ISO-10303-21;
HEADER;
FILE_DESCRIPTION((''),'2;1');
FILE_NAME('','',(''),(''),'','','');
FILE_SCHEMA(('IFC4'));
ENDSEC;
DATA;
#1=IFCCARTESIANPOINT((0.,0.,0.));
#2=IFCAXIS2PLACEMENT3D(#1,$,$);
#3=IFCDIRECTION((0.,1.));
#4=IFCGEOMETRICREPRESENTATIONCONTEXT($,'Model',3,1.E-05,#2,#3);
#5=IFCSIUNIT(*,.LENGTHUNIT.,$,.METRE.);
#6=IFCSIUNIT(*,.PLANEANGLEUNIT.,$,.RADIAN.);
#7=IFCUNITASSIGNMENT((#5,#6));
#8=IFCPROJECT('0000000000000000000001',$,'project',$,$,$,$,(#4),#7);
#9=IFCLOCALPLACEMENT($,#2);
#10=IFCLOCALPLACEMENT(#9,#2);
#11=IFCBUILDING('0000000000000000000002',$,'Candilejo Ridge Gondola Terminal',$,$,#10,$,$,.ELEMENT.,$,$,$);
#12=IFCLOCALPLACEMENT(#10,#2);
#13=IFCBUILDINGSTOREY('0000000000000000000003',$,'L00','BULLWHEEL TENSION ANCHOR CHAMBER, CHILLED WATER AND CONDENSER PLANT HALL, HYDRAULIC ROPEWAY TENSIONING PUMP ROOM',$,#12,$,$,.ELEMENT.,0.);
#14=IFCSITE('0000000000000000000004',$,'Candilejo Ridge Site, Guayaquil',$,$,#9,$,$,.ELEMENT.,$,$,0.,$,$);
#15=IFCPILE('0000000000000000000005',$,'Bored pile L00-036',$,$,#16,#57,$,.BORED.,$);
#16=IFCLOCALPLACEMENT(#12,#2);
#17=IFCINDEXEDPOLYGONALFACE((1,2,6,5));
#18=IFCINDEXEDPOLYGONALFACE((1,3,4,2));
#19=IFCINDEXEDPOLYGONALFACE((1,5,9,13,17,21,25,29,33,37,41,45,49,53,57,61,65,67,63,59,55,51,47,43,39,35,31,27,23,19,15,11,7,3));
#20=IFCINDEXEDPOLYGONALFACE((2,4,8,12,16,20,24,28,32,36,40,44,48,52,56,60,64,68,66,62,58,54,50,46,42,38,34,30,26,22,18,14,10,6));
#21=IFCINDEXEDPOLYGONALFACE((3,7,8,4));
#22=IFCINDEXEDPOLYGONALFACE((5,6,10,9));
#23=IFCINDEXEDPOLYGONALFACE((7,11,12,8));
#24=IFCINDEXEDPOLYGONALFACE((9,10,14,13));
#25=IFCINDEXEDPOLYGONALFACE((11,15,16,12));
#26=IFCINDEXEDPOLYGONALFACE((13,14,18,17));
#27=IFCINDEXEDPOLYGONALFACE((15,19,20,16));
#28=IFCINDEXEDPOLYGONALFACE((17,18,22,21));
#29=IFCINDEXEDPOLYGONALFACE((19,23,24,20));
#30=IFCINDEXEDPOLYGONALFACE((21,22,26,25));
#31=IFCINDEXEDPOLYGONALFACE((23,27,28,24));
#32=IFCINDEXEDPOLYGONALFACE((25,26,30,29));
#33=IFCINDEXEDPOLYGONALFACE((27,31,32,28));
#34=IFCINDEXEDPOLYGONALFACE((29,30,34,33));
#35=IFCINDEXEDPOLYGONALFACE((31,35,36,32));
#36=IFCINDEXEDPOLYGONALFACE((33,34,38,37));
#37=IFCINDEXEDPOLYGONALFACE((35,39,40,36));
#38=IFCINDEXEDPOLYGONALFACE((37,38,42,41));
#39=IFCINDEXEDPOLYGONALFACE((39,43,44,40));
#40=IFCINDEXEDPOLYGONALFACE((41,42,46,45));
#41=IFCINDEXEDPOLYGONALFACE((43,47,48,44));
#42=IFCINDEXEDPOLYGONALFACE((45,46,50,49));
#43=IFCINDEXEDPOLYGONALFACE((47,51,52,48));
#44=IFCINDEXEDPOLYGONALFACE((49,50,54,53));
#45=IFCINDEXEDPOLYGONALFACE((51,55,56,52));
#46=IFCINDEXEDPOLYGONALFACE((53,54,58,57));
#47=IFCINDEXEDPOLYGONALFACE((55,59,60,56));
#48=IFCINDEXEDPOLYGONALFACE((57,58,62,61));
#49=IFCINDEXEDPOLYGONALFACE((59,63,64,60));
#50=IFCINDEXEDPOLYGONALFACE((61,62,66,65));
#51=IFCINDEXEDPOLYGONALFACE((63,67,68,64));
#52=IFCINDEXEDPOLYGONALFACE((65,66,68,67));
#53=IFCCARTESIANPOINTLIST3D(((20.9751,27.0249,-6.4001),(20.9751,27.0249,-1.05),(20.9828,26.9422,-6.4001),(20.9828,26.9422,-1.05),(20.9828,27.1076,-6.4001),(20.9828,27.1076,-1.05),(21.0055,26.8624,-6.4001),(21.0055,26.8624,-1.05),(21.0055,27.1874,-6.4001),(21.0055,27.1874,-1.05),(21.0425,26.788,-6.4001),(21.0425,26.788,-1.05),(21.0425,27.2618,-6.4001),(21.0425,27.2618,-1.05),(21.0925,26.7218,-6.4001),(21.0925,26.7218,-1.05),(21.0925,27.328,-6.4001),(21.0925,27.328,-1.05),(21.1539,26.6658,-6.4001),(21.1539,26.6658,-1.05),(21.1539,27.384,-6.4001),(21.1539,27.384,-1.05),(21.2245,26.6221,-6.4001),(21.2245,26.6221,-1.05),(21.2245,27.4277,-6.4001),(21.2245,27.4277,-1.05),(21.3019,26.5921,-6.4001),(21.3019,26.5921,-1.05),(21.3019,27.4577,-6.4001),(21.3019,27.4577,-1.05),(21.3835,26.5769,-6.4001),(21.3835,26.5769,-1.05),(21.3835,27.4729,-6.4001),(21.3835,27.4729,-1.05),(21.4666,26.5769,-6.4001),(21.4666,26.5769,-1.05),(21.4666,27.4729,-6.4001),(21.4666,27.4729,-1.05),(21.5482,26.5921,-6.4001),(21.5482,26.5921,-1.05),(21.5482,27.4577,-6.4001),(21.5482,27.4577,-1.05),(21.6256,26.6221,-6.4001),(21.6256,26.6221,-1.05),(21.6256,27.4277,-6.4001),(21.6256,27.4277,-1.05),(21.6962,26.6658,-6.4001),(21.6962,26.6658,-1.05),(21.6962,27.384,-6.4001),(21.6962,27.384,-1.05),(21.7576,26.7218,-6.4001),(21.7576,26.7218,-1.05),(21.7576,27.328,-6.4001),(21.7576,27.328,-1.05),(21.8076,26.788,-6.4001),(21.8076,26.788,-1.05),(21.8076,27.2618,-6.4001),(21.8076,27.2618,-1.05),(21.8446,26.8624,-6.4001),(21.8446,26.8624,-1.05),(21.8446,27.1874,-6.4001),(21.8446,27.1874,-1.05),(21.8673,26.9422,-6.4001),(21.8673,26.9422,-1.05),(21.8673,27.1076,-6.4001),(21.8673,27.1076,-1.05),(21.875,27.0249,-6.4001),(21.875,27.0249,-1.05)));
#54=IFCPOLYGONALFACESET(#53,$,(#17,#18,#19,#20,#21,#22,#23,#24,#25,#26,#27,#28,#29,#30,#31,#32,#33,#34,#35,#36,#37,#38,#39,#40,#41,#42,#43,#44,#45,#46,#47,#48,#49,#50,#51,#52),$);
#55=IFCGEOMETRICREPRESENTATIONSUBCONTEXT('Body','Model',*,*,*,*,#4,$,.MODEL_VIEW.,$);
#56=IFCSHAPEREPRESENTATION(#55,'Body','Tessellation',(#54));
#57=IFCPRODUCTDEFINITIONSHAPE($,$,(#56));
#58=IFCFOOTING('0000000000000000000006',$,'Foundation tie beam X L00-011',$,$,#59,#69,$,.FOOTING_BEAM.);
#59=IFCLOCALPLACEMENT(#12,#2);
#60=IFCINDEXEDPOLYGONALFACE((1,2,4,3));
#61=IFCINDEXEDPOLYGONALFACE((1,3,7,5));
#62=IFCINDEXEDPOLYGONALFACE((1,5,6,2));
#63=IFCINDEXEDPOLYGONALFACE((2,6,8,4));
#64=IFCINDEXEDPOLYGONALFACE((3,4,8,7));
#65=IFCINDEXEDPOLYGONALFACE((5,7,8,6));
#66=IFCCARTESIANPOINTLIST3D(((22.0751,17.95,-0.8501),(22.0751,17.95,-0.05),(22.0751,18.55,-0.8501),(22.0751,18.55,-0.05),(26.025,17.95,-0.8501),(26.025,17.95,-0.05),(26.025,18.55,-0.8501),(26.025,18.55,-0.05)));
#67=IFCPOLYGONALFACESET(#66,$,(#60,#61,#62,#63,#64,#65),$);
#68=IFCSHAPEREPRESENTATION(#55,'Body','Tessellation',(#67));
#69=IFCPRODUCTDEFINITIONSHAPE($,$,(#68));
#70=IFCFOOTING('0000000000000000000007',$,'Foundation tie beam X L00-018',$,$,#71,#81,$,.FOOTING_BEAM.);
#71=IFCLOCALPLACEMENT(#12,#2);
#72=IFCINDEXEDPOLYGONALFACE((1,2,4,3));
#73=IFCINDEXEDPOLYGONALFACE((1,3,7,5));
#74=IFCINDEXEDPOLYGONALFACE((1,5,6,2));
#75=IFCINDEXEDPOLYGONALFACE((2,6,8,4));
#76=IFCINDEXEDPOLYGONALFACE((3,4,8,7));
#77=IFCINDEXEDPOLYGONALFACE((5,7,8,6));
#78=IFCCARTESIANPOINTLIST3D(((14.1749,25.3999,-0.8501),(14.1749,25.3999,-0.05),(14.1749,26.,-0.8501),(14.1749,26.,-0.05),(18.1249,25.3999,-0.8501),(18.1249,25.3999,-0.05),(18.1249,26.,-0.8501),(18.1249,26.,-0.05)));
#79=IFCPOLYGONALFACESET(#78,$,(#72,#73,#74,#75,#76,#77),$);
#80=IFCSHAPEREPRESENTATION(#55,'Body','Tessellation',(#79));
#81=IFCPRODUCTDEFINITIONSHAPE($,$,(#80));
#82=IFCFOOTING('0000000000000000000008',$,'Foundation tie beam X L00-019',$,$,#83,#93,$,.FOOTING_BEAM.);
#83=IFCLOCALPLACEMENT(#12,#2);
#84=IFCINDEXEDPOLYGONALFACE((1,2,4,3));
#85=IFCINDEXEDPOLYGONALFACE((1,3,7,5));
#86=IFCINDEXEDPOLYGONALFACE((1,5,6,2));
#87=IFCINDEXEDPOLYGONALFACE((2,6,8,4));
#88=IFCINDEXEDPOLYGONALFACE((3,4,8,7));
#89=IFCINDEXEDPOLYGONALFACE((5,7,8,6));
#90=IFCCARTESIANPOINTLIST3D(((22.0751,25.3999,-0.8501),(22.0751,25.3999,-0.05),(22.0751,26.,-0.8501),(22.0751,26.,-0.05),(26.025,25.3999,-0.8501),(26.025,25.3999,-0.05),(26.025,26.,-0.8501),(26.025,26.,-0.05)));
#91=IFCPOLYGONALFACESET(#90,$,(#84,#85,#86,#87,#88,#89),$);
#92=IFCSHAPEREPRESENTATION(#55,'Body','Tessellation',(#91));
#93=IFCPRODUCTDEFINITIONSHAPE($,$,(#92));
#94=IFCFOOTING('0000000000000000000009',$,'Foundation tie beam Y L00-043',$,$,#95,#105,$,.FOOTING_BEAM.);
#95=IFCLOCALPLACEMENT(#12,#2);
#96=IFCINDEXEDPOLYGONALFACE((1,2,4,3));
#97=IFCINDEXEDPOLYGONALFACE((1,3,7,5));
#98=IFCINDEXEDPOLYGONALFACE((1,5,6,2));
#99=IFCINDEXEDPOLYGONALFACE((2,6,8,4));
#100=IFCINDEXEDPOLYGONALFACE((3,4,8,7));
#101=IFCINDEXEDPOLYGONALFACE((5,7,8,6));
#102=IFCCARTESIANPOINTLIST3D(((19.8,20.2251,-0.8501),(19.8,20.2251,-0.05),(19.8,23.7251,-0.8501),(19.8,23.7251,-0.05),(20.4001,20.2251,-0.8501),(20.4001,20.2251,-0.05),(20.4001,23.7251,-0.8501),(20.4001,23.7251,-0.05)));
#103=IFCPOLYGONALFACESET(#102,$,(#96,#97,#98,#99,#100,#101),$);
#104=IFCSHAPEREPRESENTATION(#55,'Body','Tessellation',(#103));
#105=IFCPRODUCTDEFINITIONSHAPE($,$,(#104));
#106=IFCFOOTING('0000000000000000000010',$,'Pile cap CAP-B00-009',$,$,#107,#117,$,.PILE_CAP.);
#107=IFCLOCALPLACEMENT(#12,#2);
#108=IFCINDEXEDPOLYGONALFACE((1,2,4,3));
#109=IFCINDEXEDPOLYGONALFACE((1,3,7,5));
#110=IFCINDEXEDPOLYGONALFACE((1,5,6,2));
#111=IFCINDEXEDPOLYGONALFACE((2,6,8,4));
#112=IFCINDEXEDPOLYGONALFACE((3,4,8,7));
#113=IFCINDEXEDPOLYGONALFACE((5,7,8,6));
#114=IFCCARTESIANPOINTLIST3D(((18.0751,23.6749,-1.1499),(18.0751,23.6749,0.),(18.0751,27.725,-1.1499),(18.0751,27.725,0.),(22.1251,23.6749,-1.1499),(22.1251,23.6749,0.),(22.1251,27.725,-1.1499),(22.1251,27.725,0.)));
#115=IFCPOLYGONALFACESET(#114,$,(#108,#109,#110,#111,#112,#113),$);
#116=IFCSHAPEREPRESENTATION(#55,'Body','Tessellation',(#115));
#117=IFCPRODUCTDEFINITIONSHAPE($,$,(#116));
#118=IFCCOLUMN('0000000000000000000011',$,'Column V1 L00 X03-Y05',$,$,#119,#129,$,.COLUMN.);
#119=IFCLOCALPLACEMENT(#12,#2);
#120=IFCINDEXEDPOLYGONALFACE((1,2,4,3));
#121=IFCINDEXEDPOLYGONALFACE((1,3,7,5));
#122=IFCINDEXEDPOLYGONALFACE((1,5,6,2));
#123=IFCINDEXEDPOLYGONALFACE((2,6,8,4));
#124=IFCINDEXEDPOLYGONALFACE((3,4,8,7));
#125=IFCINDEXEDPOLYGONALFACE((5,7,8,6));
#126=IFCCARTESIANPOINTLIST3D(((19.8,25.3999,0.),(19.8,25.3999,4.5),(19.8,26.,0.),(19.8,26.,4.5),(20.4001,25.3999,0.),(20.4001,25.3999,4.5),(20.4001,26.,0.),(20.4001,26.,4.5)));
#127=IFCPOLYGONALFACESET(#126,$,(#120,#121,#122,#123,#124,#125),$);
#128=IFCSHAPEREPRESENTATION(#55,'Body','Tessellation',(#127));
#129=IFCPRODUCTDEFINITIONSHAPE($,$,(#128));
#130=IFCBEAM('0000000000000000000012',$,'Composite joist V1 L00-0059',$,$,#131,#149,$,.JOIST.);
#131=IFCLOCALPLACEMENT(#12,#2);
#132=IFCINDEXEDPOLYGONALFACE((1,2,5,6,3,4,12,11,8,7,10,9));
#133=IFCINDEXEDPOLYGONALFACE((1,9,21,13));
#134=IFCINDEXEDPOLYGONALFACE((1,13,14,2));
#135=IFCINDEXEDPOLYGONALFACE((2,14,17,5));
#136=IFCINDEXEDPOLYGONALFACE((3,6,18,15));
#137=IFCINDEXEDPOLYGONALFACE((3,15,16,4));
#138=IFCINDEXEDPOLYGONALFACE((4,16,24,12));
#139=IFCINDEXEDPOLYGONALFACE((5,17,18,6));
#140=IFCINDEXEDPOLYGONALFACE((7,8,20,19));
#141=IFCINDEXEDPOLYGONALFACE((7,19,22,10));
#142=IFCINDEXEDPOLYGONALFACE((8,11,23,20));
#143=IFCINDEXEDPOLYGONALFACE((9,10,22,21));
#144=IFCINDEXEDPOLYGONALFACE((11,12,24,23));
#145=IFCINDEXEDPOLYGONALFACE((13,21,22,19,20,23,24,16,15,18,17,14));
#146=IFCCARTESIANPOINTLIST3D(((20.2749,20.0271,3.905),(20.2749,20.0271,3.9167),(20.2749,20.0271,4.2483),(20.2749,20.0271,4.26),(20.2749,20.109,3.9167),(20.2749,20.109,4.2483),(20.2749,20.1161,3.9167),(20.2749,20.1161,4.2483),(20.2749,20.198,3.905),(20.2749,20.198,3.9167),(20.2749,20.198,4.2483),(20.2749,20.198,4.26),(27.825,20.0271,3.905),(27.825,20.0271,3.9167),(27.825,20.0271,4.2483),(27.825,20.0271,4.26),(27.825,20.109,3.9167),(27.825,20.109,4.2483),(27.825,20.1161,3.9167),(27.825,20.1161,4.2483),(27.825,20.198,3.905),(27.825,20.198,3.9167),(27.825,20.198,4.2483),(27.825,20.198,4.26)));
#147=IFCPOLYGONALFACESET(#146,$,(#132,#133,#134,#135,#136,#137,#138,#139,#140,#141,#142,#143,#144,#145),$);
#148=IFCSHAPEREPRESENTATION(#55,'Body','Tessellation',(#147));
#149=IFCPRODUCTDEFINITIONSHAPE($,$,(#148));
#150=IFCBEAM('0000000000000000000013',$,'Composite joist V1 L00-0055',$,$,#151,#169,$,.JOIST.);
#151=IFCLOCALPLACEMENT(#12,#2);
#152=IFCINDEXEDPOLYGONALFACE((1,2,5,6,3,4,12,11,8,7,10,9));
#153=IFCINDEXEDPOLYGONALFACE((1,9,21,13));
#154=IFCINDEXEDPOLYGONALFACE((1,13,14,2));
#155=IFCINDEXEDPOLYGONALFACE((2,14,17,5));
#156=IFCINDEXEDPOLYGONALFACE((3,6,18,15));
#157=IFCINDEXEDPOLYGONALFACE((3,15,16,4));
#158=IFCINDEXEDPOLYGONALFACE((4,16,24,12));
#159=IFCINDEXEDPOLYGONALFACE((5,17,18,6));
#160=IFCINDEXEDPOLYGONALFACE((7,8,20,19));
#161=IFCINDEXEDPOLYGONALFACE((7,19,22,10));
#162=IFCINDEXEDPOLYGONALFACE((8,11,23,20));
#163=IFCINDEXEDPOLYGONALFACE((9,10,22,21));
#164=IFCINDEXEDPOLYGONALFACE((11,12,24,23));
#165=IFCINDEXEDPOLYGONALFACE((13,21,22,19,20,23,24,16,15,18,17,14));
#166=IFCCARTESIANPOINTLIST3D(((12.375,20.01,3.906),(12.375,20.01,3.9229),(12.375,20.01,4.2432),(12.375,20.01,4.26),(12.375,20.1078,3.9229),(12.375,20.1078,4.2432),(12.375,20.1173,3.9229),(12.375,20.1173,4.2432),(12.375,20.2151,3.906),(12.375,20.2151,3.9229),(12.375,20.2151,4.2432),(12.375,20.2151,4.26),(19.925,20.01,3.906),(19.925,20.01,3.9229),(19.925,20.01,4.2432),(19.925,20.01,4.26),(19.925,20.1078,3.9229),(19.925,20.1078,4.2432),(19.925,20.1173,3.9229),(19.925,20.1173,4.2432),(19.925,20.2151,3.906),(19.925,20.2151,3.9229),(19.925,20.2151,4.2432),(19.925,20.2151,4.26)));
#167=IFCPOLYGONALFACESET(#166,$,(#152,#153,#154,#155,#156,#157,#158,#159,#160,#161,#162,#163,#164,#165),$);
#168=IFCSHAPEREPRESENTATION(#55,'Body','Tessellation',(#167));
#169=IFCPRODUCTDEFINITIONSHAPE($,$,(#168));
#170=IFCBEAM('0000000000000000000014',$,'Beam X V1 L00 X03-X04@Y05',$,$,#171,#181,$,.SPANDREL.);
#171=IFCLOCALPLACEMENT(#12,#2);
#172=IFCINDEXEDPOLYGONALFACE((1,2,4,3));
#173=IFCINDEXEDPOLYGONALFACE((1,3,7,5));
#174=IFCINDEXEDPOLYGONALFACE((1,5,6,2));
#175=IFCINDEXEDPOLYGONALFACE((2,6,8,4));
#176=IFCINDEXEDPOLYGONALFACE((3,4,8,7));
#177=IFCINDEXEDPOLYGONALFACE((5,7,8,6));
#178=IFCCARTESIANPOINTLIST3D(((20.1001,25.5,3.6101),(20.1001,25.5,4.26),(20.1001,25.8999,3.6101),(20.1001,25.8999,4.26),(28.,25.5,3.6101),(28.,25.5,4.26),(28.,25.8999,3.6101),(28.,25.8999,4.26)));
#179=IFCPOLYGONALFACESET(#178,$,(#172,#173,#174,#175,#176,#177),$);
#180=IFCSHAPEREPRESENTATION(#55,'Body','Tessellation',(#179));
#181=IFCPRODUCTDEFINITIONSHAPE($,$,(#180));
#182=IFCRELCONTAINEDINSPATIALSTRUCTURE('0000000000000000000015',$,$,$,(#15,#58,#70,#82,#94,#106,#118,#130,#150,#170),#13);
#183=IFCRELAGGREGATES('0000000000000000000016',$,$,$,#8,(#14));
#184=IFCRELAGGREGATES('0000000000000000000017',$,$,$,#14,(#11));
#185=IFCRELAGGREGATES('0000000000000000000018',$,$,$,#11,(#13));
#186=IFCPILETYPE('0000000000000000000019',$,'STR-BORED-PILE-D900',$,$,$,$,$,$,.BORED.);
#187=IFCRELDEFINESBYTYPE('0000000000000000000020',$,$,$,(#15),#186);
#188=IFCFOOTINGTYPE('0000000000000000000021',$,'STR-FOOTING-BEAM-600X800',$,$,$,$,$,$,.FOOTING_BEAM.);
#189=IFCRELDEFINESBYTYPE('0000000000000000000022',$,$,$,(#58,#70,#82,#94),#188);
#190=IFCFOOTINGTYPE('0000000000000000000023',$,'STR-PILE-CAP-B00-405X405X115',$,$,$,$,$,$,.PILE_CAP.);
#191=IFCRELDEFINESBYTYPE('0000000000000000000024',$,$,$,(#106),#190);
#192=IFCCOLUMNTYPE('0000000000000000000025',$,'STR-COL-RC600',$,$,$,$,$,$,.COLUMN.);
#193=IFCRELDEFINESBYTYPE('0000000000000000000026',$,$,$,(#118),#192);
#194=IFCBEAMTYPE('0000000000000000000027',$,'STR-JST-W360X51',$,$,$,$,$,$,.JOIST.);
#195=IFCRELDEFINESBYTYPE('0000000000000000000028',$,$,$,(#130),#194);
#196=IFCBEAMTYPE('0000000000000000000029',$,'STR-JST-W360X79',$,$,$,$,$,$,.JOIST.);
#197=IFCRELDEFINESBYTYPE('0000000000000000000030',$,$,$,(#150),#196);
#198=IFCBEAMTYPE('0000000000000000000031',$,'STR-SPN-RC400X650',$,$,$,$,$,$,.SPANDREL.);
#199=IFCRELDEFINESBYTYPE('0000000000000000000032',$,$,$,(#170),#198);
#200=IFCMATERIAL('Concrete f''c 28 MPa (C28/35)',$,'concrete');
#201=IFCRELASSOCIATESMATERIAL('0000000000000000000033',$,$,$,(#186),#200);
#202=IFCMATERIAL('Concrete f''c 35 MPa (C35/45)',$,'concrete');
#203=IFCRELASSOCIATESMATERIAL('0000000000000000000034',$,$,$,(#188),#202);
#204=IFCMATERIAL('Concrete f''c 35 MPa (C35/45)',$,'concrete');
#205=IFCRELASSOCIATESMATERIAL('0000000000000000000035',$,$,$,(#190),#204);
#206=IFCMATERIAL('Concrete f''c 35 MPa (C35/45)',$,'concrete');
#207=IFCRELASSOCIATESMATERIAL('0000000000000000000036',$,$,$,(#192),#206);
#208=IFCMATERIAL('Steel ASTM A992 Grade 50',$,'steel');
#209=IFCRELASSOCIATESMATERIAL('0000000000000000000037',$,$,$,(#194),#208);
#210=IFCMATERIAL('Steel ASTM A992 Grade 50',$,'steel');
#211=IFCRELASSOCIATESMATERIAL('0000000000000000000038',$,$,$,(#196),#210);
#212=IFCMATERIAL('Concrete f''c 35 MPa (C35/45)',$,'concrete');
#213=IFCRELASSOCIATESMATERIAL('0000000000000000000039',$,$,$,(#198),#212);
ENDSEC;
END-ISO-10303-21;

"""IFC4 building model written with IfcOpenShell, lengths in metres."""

from ifc_helpers import new_model, si_unit, direction, frame, origin, origin_2d, place, context, subcontext, project, spatial, rectangle, circle, i_section, extrude, material, material_profile, profile_set, type_object, element, save


model = new_model("IFC4")

# Units and contexts
model_context = context("Model", 3, precision=1e-05, world=origin(), true_north=direction((0.0, 1.0)))
body_context = subcontext(model_context, "Body", "Model", "MODEL_VIEW")
ifc_project = project(units=[si_unit("LENGTHUNIT", "METRE"), si_unit("PLANEANGLEUNIT", "RADIAN")], contexts=[model_context])

# Site, building, storey
site_placement = place(None, origin())
site = spatial("IfcSite", under=ifc_project, at=site_placement, Name="Candilejo Ridge Site, Guayaquil", CompositionType="ELEMENT", RefElevation=0.0)
building_placement = place(site_placement, origin())
building = spatial("IfcBuilding", under=site, at=building_placement, Name="Candilejo Ridge Gondola Terminal", CompositionType="ELEMENT")
storey_placement = place(building_placement, origin())
storey = spatial("IfcBuildingStorey", under=building, at=storey_placement, Name="L00", Description="BULLWHEEL TENSION ANCHOR CHAMBER, CHILLED WATER AND CONDENSER PLANT HALL, HYDRAULIC ROPEWAY TENSIONING PUMP ROOM", CompositionType="ELEMENT", Elevation=0.0)

# Pile
ifc_material_1 = material(Name="Concrete f'c 28 MPa (C28/35)", Category="concrete")
ifc_material_profile_1 = material_profile(ifc_material_1, circle(Radius=0.45, at=origin_2d()))
ifc_profile_set_1 = profile_set([ifc_material_profile_1], Name="Concrete f'c 28 MPa (C28/35)")
pile_type = type_object("IfcPileType", Name="STR-BORED-PILE-D900", PredefinedType="BORED", material=ifc_profile_set_1)
for number, where, z_axis, x_axis, name in (
    (1, (21.425, 27.0249, -1.05), (0.0, 0.0, -1.0), (1.0, 0.0, 0.0), "Bored pile L00-036"),
):
    element("IfcPile", number, at=place(storey_placement, frame(where, z_axis=z_axis, x_axis=x_axis)), inside=storey, type_object=pile_type, Name=name, PredefinedType="BORED", context=body_context, shape_type="SweptSolid", body=[
        extrude(circle(Radius=0.45, at=origin_2d()), origin(), (0.0, 0.0, 1.0), 5.3501),
    ])

# Footings
ifc_material_2 = material(Name="Concrete f'c 35 MPa (C35/45)", Category="concrete")
footing_type_1 = type_object("IfcFootingType", Name="STR-FOOTING-BEAM-600X800", PredefinedType="FOOTING_BEAM", material=ifc_material_2)
for number, where, z_axis, x_axis, name in (
    (2, (24.05, 18.25, -0.8501), (0.0, 0.0, 1.0), (1.0, 0.0, 0.0), "Foundation tie beam X L00-011"),
    (3, (16.1499, 25.7, -0.8501), (0.0, 0.0, 1.0), (1.0, 0.0, 0.0), "Foundation tie beam X L00-018"),
    (4, (24.05, 25.7, -0.8501), (0.0, 0.0, 1.0), (1.0, 0.0, 0.0), "Foundation tie beam X L00-019"),
):
    element("IfcFooting", number, at=place(storey_placement, frame(where, z_axis=z_axis, x_axis=x_axis)), inside=storey, type_object=footing_type_1, Name=name, PredefinedType="FOOTING_BEAM", context=body_context, shape_type="SweptSolid", body=[
        extrude(rectangle(XDim=3.95, YDim=0.6001, at=origin_2d()), origin(), (0.0, 0.0, 1.0), 0.8),
    ])
footing_1_placement = place(storey_placement, frame((20.1001, 21.9751, -0.8501), z_axis=(0.0, 0.0, 1.0), x_axis=(1.0, 0.0, 0.0)))
element("IfcFooting", 5, at=footing_1_placement, inside=storey, type_object=footing_type_1, Name="Foundation tie beam Y L00-043", PredefinedType="FOOTING_BEAM", context=body_context, shape_type="SweptSolid", body=[
    extrude(rectangle(XDim=0.6001, YDim=3.5, at=origin_2d()), origin(), (0.0, 0.0, 1.0), 0.8),
])
ifc_material_3 = material(Name="Concrete f'c 35 MPa (C35/45)", Category="concrete")
footing_type_2 = type_object("IfcFootingType", Name="STR-PILE-CAP-B00-405X405X115", PredefinedType="PILE_CAP", material=ifc_material_3)
footing_2_placement = place(storey_placement, frame((20.1001, 25.7, -1.1499), z_axis=(0.0, 0.0, 1.0), x_axis=(1.0, 0.0, 0.0)))
element("IfcFooting", 6, at=footing_2_placement, inside=storey, type_object=footing_type_2, Name="Pile cap CAP-B00-009", PredefinedType="PILE_CAP", context=body_context, shape_type="SweptSolid", body=[
    extrude(rectangle(XDim=4.05, YDim=4.05, at=origin_2d()), origin(), (0.0, 0.0, 1.0), 1.1499),
])

# Column
ifc_material_4 = material(Name="Concrete f'c 35 MPa (C35/45)", Category="concrete")
ifc_material_profile_2 = material_profile(ifc_material_4, rectangle(XDim=0.6001, YDim=0.6001, at=origin_2d()))
ifc_profile_set_2 = profile_set([ifc_material_profile_2], Name="Concrete f'c 35 MPa (C35/45)")
column_type = type_object("IfcColumnType", Name="STR-COL-RC600", PredefinedType="COLUMN", material=ifc_profile_set_2)
column_placement = place(storey_placement, frame((20.1001, 25.7, 0.0), z_axis=(0.0, 0.0, 1.0), x_axis=(1.0, 0.0, 0.0)))
element("IfcColumn", 7, at=column_placement, inside=storey, type_object=column_type, Name="Column V1 L00 X03-Y05", PredefinedType="COLUMN", context=body_context, shape_type="SweptSolid", body=[
    extrude(rectangle(XDim=0.6001, YDim=0.6001, at=origin_2d()), origin(), (0.0, 0.0, 1.0), 4.5),
])

# Beams
ifc_material_5 = material(Name="Steel ASTM A992 Grade 50", Category="steel")
ifc_material_profile_3 = material_profile(ifc_material_5, i_section(OverallWidth=0.1709, OverallDepth=0.355, WebThickness=0.0071, FlangeThickness=0.0117, at=origin_2d()))
ifc_profile_set_3 = profile_set([ifc_material_profile_3], Name="Steel ASTM A992 Grade 50")
beam_type_1 = type_object("IfcBeamType", Name="STR-JST-W360X51", PredefinedType="JOIST", material=ifc_profile_set_3)
beam_1_placement = place(storey_placement, frame((20.2749, 20.1125, 4.0825), z_axis=(1.0, 0.0, 0.0), x_axis=(0.0, 1.0, 0.0)))
element("IfcBeam", 8, at=beam_1_placement, inside=storey, type_object=beam_type_1, Name="Composite joist V1 L00-0059", PredefinedType="JOIST", context=body_context, shape_type="SweptSolid", body=[
    extrude(i_section(OverallWidth=0.1709, OverallDepth=0.355, WebThickness=0.0071, FlangeThickness=0.0117, at=origin_2d()), origin(), (0.0, 0.0, 1.0), 7.55),
])
ifc_material_6 = material(Name="Steel ASTM A992 Grade 50", Category="steel")
ifc_material_profile_4 = material_profile(ifc_material_6, i_section(OverallWidth=0.2051, OverallDepth=0.354, WebThickness=0.0095, FlangeThickness=0.0168, at=origin_2d()))
ifc_profile_set_4 = profile_set([ifc_material_profile_4], Name="Steel ASTM A992 Grade 50")
beam_type_2 = type_object("IfcBeamType", Name="STR-JST-W360X79", PredefinedType="JOIST", material=ifc_profile_set_4)
beam_2_placement = place(storey_placement, frame((12.375, 20.1125, 4.083), z_axis=(1.0, 0.0, 0.0), x_axis=(0.0, 1.0, 0.0)))
element("IfcBeam", 9, at=beam_2_placement, inside=storey, type_object=beam_type_2, Name="Composite joist V1 L00-0055", PredefinedType="JOIST", context=body_context, shape_type="SweptSolid", body=[
    extrude(i_section(OverallWidth=0.2051, OverallDepth=0.354, WebThickness=0.0095, FlangeThickness=0.0168, at=origin_2d()), origin(), (0.0, 0.0, 1.0), 7.55),
])
ifc_material_7 = material(Name="Concrete f'c 35 MPa (C35/45)", Category="concrete")
ifc_material_profile_5 = material_profile(ifc_material_7, rectangle(XDim=0.3999, YDim=0.6499, at=origin_2d()))
ifc_profile_set_5 = profile_set([ifc_material_profile_5], Name="Concrete f'c 35 MPa (C35/45)")
beam_type_3 = type_object("IfcBeamType", Name="STR-SPN-RC400X650", PredefinedType="SPANDREL", material=ifc_profile_set_5)
beam_3_placement = place(storey_placement, frame((20.1001, 25.7, 3.9351), z_axis=(1.0, 0.0, 0.0), x_axis=(0.0, 1.0, 0.0)))
element("IfcBeam", 10, at=beam_3_placement, inside=storey, type_object=beam_type_3, Name="Beam X V1 L00 X03-X04@Y05", PredefinedType="SPANDREL", context=body_context, shape_type="SweptSolid", body=[
    extrude(rectangle(XDim=0.3999, YDim=0.6499, at=origin_2d()), origin(), (0.0, 0.0, 1.0), 7.8999),
])

save(model, "model.ifc")
